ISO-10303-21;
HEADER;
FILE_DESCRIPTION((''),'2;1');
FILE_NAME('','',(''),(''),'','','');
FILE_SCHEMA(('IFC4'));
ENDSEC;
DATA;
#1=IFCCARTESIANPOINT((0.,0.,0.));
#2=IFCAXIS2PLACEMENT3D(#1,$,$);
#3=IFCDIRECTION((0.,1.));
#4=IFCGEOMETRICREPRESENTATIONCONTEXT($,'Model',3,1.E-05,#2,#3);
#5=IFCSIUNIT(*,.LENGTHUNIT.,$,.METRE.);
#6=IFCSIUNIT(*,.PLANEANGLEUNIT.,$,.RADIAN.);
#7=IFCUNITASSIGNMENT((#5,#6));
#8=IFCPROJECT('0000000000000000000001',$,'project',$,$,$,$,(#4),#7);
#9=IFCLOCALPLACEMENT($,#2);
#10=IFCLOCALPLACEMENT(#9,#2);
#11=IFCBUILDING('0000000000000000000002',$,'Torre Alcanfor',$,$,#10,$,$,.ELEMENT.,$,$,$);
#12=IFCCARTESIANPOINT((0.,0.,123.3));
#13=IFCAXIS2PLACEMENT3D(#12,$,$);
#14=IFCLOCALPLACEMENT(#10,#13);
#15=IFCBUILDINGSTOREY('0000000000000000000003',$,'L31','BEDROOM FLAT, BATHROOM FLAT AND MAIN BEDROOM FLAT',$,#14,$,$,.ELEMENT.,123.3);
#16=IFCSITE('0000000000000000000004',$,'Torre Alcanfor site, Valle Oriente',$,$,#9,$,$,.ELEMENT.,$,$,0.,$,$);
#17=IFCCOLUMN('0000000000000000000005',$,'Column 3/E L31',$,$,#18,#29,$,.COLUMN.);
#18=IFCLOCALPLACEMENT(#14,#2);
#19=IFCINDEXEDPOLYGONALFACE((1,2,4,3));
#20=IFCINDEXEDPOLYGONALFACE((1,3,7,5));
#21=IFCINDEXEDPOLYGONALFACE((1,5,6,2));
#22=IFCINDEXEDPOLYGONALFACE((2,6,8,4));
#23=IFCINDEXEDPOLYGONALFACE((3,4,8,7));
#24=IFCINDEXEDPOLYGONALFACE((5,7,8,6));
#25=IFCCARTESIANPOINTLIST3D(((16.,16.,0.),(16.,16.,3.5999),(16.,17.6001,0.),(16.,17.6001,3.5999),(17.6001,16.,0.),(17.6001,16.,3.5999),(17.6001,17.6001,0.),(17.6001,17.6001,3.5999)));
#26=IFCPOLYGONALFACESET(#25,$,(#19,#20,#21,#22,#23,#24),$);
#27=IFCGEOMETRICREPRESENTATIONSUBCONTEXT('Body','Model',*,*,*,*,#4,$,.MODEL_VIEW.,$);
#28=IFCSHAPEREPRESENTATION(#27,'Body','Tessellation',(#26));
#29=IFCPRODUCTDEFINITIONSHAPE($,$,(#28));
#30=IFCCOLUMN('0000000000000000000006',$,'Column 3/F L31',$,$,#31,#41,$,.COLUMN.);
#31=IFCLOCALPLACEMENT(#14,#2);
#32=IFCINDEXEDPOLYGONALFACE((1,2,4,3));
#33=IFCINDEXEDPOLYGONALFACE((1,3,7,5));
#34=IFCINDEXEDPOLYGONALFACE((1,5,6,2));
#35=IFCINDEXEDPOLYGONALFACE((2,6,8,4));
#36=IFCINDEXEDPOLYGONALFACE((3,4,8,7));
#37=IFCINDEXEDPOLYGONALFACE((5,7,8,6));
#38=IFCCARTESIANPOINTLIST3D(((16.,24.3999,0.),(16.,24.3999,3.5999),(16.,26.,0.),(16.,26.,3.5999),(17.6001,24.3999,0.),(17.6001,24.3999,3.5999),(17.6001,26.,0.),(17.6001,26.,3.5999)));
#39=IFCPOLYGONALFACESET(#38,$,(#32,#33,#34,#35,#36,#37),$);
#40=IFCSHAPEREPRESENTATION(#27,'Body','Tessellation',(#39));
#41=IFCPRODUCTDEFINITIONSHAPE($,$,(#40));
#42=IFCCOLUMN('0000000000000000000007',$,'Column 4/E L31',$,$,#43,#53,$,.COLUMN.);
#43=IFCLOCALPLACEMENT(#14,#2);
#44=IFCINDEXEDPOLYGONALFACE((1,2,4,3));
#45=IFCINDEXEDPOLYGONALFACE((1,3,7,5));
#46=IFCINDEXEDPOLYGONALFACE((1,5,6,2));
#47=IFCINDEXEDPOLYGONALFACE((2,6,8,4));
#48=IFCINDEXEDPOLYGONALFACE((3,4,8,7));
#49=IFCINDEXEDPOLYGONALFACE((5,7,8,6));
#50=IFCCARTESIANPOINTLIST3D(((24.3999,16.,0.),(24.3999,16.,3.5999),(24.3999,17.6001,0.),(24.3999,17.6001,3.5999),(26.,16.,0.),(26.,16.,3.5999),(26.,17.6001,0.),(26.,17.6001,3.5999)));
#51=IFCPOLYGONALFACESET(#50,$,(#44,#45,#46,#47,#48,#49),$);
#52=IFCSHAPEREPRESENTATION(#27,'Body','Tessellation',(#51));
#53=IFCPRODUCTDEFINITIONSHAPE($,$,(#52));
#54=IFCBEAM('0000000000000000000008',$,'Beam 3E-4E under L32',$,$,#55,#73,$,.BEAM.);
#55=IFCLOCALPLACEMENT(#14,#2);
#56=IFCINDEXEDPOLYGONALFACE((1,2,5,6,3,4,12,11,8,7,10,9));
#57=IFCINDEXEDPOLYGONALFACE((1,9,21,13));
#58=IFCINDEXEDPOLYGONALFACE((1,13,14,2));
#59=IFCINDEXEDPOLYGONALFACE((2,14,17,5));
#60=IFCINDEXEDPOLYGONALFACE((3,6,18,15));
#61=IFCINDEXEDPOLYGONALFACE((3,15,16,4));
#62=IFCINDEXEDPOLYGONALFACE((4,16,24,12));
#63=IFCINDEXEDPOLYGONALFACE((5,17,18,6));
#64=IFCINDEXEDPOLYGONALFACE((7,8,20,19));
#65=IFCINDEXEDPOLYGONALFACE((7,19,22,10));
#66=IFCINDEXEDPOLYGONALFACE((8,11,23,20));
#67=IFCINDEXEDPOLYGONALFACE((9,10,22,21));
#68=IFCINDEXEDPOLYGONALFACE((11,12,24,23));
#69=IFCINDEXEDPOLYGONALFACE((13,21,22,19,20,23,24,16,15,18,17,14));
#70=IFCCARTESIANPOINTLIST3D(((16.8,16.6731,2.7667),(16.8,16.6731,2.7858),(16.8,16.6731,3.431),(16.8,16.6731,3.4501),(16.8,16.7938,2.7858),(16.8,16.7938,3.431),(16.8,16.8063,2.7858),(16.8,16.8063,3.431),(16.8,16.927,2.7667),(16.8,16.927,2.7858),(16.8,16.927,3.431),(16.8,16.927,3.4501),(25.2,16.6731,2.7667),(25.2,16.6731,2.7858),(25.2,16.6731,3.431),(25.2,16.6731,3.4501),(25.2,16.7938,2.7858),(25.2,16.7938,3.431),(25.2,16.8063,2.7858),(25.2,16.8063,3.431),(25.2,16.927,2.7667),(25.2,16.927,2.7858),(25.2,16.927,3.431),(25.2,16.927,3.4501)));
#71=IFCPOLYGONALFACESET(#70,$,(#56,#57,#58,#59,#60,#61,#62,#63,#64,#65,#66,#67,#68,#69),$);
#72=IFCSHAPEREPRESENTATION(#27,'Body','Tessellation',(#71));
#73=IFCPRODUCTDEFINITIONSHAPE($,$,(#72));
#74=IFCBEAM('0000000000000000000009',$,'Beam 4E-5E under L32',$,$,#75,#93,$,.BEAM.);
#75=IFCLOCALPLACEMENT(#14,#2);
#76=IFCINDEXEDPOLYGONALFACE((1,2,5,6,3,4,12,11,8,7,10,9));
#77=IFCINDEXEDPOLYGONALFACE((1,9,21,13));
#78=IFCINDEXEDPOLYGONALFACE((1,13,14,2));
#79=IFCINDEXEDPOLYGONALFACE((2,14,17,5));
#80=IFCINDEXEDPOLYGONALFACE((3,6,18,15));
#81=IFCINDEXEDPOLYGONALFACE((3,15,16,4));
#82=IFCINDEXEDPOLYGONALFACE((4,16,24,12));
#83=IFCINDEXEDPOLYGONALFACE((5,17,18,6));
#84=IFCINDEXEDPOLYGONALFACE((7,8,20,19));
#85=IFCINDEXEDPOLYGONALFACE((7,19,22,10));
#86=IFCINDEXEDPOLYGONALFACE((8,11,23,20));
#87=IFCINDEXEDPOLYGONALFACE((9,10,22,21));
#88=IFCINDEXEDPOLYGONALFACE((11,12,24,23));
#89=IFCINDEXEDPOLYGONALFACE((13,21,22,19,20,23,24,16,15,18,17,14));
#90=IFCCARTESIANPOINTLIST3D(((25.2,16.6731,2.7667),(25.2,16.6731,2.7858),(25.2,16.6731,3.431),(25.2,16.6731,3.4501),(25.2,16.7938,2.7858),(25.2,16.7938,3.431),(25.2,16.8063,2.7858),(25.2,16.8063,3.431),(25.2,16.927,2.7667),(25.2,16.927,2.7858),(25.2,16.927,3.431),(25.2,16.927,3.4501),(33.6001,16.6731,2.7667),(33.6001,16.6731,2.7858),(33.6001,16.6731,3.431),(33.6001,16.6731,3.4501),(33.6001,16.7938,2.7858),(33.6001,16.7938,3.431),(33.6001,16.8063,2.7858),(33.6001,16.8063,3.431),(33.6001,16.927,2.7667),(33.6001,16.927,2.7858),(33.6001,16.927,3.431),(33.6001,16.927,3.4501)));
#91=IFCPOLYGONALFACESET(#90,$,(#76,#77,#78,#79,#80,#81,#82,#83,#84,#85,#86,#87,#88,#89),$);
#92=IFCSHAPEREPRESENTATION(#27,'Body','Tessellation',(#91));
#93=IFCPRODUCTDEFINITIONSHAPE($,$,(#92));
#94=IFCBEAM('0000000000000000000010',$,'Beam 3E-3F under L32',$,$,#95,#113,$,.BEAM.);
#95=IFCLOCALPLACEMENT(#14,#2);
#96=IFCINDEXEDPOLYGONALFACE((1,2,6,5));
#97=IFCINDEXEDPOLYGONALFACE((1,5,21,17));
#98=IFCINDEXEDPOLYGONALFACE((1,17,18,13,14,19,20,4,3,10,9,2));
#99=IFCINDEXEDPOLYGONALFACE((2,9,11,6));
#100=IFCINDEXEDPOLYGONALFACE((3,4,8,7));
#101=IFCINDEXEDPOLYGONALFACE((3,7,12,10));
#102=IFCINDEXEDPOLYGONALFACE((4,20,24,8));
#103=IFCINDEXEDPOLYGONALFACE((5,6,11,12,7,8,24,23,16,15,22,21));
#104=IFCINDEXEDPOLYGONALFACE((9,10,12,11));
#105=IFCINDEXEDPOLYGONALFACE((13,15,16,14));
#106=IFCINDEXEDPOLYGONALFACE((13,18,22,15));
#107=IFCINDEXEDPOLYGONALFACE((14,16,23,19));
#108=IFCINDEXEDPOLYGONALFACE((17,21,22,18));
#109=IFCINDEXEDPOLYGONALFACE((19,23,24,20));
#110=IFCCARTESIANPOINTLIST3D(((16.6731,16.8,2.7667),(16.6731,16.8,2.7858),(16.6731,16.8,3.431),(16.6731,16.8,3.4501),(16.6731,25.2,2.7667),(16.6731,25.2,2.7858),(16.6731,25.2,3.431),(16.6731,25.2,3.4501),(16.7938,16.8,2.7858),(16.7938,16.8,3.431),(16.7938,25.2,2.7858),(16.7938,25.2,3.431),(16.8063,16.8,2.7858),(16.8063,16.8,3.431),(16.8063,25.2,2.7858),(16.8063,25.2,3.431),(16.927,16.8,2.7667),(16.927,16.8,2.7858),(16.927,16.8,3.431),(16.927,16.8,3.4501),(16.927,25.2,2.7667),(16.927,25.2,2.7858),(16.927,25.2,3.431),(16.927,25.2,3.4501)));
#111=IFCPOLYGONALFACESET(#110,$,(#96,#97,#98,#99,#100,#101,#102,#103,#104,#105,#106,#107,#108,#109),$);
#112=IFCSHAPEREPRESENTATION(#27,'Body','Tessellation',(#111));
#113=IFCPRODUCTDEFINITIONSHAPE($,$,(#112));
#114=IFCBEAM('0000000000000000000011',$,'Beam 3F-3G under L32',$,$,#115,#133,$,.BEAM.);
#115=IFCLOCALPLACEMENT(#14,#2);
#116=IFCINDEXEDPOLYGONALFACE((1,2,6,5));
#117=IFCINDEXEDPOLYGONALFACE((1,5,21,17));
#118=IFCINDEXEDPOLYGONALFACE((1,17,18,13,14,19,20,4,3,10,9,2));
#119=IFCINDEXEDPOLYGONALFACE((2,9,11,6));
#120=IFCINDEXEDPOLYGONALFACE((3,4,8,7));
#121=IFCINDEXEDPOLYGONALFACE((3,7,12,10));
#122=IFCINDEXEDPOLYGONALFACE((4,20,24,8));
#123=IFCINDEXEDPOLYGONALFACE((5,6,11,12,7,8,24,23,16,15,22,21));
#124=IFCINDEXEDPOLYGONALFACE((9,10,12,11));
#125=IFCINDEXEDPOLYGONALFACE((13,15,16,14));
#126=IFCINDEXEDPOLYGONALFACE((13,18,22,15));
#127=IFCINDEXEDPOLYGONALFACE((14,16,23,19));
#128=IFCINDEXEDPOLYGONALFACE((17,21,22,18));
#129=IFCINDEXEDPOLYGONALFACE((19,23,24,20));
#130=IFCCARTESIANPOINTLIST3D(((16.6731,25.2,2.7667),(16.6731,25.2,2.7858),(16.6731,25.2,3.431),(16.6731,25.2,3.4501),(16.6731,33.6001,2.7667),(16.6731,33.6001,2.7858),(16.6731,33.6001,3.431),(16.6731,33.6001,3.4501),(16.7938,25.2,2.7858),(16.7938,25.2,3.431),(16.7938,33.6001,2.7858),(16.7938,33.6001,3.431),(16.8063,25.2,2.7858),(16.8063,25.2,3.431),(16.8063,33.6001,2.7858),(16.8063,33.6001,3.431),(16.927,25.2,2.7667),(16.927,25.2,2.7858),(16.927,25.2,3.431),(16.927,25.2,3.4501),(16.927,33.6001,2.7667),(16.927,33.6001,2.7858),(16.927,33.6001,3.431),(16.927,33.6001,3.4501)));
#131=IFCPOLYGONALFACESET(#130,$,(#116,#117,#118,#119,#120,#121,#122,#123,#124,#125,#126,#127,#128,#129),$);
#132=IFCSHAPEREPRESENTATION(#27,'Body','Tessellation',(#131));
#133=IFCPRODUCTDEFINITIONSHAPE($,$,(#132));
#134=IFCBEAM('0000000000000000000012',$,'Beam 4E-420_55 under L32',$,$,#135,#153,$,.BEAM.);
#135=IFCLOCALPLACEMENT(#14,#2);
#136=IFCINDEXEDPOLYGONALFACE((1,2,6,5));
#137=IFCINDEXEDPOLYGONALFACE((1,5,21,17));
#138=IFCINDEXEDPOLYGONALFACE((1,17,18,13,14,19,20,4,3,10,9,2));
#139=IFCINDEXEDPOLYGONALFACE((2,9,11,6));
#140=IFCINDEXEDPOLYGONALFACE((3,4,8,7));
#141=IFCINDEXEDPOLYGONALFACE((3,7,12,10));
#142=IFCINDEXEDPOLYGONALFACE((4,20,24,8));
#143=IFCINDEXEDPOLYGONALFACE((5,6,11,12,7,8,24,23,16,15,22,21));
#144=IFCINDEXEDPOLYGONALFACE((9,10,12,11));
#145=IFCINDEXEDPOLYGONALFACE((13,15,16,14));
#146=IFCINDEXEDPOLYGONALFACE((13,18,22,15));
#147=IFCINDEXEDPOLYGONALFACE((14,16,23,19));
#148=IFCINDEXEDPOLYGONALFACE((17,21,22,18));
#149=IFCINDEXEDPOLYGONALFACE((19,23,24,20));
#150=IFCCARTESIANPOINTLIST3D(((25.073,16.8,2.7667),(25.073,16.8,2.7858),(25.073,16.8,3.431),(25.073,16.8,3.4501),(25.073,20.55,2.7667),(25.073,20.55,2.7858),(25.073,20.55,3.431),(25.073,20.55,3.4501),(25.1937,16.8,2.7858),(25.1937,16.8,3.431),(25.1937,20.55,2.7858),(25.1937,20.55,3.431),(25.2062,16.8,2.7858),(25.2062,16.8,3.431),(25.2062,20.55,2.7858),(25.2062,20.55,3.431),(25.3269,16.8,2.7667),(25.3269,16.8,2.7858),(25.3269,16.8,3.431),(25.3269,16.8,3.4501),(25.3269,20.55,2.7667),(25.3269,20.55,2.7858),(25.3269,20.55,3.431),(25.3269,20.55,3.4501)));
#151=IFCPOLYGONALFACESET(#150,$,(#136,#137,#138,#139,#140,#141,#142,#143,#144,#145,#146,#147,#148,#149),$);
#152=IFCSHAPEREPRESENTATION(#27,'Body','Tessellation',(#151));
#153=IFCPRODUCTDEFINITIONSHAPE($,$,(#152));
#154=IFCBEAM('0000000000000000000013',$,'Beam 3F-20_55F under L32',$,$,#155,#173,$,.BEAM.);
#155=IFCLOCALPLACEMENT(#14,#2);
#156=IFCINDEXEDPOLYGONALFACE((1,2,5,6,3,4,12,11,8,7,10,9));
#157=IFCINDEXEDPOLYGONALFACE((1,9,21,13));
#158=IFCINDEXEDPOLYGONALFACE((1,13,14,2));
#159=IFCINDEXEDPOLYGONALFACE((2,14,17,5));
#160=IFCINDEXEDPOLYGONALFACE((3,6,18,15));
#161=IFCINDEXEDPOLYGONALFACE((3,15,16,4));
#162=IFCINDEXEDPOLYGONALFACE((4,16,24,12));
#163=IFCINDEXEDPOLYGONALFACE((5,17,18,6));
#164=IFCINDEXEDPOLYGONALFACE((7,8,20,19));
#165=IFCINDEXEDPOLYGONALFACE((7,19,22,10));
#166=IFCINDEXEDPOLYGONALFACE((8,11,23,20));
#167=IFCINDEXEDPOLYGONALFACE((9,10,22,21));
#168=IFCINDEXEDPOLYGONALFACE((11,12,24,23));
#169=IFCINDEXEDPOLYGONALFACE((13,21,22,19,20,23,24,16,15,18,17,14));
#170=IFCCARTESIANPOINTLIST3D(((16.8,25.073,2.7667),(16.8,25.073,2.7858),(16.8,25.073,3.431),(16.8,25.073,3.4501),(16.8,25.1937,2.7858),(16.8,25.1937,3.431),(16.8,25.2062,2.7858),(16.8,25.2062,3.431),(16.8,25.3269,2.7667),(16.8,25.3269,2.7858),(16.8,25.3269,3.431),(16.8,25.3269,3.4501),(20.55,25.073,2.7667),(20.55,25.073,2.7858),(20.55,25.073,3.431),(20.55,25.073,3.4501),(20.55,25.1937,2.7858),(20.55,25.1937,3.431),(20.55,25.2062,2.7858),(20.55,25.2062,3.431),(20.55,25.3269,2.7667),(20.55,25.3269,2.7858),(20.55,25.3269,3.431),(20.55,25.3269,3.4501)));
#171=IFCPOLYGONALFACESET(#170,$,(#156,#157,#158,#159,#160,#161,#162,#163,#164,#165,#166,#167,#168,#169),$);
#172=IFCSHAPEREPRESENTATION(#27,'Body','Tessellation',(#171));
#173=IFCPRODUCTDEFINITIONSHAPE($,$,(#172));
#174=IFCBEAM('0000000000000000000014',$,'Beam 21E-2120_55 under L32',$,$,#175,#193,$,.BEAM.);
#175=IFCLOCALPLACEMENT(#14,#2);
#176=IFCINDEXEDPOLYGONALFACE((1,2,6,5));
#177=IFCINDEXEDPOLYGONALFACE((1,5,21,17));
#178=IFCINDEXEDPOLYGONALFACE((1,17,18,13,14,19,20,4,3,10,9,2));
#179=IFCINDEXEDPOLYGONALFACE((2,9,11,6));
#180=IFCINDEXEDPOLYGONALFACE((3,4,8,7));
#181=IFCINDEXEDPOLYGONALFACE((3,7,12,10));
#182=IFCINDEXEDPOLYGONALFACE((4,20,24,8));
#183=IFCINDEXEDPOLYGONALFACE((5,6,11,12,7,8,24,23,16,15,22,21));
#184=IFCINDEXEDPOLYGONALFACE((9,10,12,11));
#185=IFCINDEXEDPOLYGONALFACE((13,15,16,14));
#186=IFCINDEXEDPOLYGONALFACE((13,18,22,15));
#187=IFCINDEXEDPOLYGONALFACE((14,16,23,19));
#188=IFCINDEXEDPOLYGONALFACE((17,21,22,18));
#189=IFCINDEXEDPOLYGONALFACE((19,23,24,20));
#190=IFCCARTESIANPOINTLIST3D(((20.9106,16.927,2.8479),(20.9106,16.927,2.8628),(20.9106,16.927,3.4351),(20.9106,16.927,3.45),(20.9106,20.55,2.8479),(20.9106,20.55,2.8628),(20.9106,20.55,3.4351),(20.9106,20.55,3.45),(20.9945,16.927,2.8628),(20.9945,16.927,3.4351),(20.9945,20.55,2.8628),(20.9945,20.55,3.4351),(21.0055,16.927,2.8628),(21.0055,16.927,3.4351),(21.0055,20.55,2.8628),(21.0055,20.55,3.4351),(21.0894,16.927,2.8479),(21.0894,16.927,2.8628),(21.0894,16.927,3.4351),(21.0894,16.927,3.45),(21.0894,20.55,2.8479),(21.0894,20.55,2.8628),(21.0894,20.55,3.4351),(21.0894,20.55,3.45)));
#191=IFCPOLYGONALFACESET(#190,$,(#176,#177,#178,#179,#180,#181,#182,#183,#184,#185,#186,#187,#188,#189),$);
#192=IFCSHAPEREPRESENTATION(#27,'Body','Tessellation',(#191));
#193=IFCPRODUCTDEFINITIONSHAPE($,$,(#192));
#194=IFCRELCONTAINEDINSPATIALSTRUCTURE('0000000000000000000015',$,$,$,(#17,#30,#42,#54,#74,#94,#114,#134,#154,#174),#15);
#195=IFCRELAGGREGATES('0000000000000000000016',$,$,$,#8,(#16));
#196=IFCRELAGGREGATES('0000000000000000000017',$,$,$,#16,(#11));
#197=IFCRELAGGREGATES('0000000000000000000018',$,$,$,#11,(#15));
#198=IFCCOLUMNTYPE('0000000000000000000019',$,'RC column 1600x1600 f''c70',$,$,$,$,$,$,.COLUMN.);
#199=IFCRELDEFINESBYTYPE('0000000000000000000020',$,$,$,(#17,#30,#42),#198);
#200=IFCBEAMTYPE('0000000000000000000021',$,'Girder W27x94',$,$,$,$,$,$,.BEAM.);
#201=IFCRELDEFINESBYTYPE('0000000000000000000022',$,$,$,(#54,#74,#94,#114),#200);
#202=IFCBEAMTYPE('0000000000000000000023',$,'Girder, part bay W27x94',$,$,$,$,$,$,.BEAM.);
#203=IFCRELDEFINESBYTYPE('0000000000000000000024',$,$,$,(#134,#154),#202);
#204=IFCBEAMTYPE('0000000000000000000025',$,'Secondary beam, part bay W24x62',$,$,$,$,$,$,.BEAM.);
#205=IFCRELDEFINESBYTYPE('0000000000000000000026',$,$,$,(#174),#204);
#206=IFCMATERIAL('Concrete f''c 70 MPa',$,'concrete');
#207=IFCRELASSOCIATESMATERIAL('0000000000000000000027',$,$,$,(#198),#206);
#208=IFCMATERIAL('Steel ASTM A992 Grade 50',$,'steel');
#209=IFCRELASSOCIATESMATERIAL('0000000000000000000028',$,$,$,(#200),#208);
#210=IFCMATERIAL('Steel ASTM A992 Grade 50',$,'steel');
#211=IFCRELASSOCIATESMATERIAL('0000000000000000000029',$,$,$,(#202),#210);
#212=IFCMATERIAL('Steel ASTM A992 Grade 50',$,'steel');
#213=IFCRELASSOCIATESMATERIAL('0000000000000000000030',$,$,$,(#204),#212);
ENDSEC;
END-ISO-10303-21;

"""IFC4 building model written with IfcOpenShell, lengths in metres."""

from ifc_helpers import new_model, si_unit, direction, frame, origin, origin_2d, place, context, subcontext, project, spatial, rectangle, i_section, extrude, material, material_profile, profile_set, type_object, element, save


model = new_model("IFC4")

# Units and contexts
model_context = context("Model", 3, precision=1e-05, world=origin(), true_north=direction((0.0, 1.0)))
body_context = subcontext(model_context, "Body", "Model", "MODEL_VIEW")
ifc_project = project(units=[si_unit("LENGTHUNIT", "METRE"), si_unit("PLANEANGLEUNIT", "RADIAN")], contexts=[model_context])

# Site, building, storey
site_placement = place(None, origin())
site = spatial("IfcSite", under=ifc_project, at=site_placement, Name="Torre Alcanfor site, Valle Oriente", CompositionType="ELEMENT", RefElevation=0.0)
building_placement = place(site_placement, origin())
building = spatial("IfcBuilding", under=site, at=building_placement, Name="Torre Alcanfor", CompositionType="ELEMENT")
storey_placement = place(building_placement, frame((0.0, 0.0, 123.3)))
storey = spatial("IfcBuildingStorey", under=building, at=storey_placement, Name="L31", Description="BEDROOM FLAT, BATHROOM FLAT AND MAIN BEDROOM FLAT", CompositionType="ELEMENT", Elevation=123.3)

# Columns
ifc_material_1 = material(Name="Concrete f'c 70 MPa", Category="concrete")
ifc_material_profile_1 = material_profile(ifc_material_1, rectangle(XDim=1.6001, YDim=1.6001, at=origin_2d()), Name="1600x1600")
ifc_profile_set_1 = profile_set([ifc_material_profile_1], Name="Concrete f'c 70 MPa")
column_type = type_object("IfcColumnType", Name="RC column 1600x1600 f'c70", PredefinedType="COLUMN", material=ifc_profile_set_1)
for number, where, z_axis, x_axis, name in (
    (1, (16.8, 16.8, 0.0), (0.0, 0.0, 1.0), (1.0, 0.0, 0.0), "Column 3/E L31"),
    (2, (16.8, 25.2, 0.0), (0.0, 0.0, 1.0), (1.0, 0.0, 0.0), "Column 3/F L31"),
    (3, (25.2, 16.8, 0.0), (0.0, 0.0, 1.0), (1.0, 0.0, 0.0), "Column 4/E L31"),
):
    element("IfcColumn", number, at=place(storey_placement, frame(where, z_axis=z_axis, x_axis=x_axis)), inside=storey, type_object=column_type, Name=name, PredefinedType="COLUMN", context=body_context, shape_type="SweptSolid", body=[
        extrude(rectangle(XDim=1.6001, YDim=1.6001, at=origin_2d()), origin(), (0.0, 0.0, 1.0), 3.5999),
    ])

# Beams
ifc_material_2 = material(Name="Steel ASTM A992 Grade 50", Category="steel")
ifc_material_profile_2 = material_profile(ifc_material_2, i_section(OverallWidth=0.2539, OverallDepth=0.6833, WebThickness=0.0125, FlangeThickness=0.019, at=origin_2d()), Name="W27x94")
ifc_profile_set_2 = profile_set([ifc_material_profile_2], Name="Steel ASTM A992 Grade 50")
beam_type_1 = type_object("IfcBeamType", Name="Girder W27x94", PredefinedType="BEAM", material=ifc_profile_set_2)
beam_1_placement = place(storey_placement, frame((16.8, 16.8, 3.1084), z_axis=(1.0, 0.0, 0.0), x_axis=(0.0, 1.0, 0.0)))
element("IfcBeam", 4, at=beam_1_placement, inside=storey, type_object=beam_type_1, Name="Beam 3E-4E under L32", PredefinedType="BEAM", context=body_context, shape_type="SweptSolid", body=[
    extrude(i_section(OverallWidth=0.2539, OverallDepth=0.6833, WebThickness=0.0125, FlangeThickness=0.019, at=origin_2d()), origin(), (0.0, 0.0, 1.0), 8.3999),
])
beam_2_placement = place(storey_placement, frame((25.2, 16.8, 3.1084), z_axis=(1.0, 0.0, 0.0), x_axis=(0.0, 1.0, 0.0)))
element("IfcBeam", 5, at=beam_2_placement, inside=storey, type_object=beam_type_1, Name="Beam 4E-5E under L32", PredefinedType="BEAM", context=body_context, shape_type="SweptSolid", body=[
    extrude(i_section(OverallWidth=0.2539, OverallDepth=0.6833, WebThickness=0.0125, FlangeThickness=0.019, at=origin_2d()), origin(), (0.0, 0.0, 1.0), 8.4001),
])
beam_3_placement = place(storey_placement, frame((16.8, 16.8, 3.1084), z_axis=(0.0, 1.0, 0.0), x_axis=(-1.0, 0.0, 0.0)))
element("IfcBeam", 6, at=beam_3_placement, inside=storey, type_object=beam_type_1, Name="Beam 3E-3F under L32", PredefinedType="BEAM", context=body_context, shape_type="SweptSolid", body=[
    extrude(i_section(OverallWidth=0.2539, OverallDepth=0.6833, WebThickness=0.0125, FlangeThickness=0.019, at=origin_2d()), origin(), (0.0, 0.0, 1.0), 8.3999),
])
beam_4_placement = place(storey_placement, frame((16.8, 25.2, 3.1084), z_axis=(0.0, 1.0, 0.0), x_axis=(-1.0, 0.0, 0.0)))
element("IfcBeam", 7, at=beam_4_placement, inside=storey, type_object=beam_type_1, Name="Beam 3F-3G under L32", PredefinedType="BEAM", context=body_context, shape_type="SweptSolid", body=[
    extrude(i_section(OverallWidth=0.2539, OverallDepth=0.6833, WebThickness=0.0125, FlangeThickness=0.019, at=origin_2d()), origin(), (0.0, 0.0, 1.0), 8.4001),
])
ifc_material_3 = material(Name="Steel ASTM A992 Grade 50", Category="steel")
ifc_material_profile_3 = material_profile(ifc_material_3, i_section(OverallWidth=0.2539, OverallDepth=0.6833, WebThickness=0.0125, FlangeThickness=0.019, at=origin_2d()), Name="W27x94")
ifc_profile_set_3 = profile_set([ifc_material_profile_3], Name="Steel ASTM A992 Grade 50")
beam_type_2 = type_object("IfcBeamType", Name="Girder, part bay W27x94", PredefinedType="BEAM", material=ifc_profile_set_3)
for number, where, z_axis, x_axis, name in (
    (8, (25.2, 16.8, 3.1084), (0.0, 1.0, 0.0), (-1.0, 0.0, 0.0), "Beam 4E-420_55 under L32"),
    (9, (16.8, 25.2, 3.1084), (1.0, 0.0, 0.0), (0.0, 1.0, 0.0), "Beam 3F-20_55F under L32"),
):
    element("IfcBeam", number, at=place(storey_placement, frame(where, z_axis=z_axis, x_axis=x_axis)), inside=storey, type_object=beam_type_2, Name=name, PredefinedType="BEAM", context=body_context, shape_type="SweptSolid", body=[
        extrude(i_section(OverallWidth=0.2539, OverallDepth=0.6833, WebThickness=0.0125, FlangeThickness=0.019, at=origin_2d()), origin(), (0.0, 0.0, 1.0), 3.75),
    ])
ifc_material_4 = material(Name="Steel ASTM A992 Grade 50", Category="steel")
ifc_material_profile_4 = material_profile(ifc_material_4, i_section(OverallWidth=0.1787, OverallDepth=0.6021, WebThickness=0.011, FlangeThickness=0.0149, at=origin_2d()), Name="W24x62")
ifc_profile_set_4 = profile_set([ifc_material_profile_4], Name="Steel ASTM A992 Grade 50")
beam_type_3 = type_object("IfcBeamType", Name="Secondary beam, part bay W24x62", PredefinedType="BEAM", material=ifc_profile_set_4)
for number, where, z_axis, x_axis, name in (
    (10, (21.0, 16.927, 3.1489), (0.0, 1.0, 0.0), (-1.0, 0.0, 0.0), "Beam 21E-2120_55 under L32"),
):
    element("IfcBeam", number, at=place(storey_placement, frame(where, z_axis=z_axis, x_axis=x_axis)), inside=storey, type_object=beam_type_3, Name=name, PredefinedType="BEAM", context=body_context, shape_type="SweptSolid", body=[
        extrude(i_section(OverallWidth=0.1787, OverallDepth=0.6021, WebThickness=0.011, FlangeThickness=0.0149, at=origin_2d()), origin(), (0.0, 0.0, 1.0), 3.623),
    ])

save(model, "model.ifc")
